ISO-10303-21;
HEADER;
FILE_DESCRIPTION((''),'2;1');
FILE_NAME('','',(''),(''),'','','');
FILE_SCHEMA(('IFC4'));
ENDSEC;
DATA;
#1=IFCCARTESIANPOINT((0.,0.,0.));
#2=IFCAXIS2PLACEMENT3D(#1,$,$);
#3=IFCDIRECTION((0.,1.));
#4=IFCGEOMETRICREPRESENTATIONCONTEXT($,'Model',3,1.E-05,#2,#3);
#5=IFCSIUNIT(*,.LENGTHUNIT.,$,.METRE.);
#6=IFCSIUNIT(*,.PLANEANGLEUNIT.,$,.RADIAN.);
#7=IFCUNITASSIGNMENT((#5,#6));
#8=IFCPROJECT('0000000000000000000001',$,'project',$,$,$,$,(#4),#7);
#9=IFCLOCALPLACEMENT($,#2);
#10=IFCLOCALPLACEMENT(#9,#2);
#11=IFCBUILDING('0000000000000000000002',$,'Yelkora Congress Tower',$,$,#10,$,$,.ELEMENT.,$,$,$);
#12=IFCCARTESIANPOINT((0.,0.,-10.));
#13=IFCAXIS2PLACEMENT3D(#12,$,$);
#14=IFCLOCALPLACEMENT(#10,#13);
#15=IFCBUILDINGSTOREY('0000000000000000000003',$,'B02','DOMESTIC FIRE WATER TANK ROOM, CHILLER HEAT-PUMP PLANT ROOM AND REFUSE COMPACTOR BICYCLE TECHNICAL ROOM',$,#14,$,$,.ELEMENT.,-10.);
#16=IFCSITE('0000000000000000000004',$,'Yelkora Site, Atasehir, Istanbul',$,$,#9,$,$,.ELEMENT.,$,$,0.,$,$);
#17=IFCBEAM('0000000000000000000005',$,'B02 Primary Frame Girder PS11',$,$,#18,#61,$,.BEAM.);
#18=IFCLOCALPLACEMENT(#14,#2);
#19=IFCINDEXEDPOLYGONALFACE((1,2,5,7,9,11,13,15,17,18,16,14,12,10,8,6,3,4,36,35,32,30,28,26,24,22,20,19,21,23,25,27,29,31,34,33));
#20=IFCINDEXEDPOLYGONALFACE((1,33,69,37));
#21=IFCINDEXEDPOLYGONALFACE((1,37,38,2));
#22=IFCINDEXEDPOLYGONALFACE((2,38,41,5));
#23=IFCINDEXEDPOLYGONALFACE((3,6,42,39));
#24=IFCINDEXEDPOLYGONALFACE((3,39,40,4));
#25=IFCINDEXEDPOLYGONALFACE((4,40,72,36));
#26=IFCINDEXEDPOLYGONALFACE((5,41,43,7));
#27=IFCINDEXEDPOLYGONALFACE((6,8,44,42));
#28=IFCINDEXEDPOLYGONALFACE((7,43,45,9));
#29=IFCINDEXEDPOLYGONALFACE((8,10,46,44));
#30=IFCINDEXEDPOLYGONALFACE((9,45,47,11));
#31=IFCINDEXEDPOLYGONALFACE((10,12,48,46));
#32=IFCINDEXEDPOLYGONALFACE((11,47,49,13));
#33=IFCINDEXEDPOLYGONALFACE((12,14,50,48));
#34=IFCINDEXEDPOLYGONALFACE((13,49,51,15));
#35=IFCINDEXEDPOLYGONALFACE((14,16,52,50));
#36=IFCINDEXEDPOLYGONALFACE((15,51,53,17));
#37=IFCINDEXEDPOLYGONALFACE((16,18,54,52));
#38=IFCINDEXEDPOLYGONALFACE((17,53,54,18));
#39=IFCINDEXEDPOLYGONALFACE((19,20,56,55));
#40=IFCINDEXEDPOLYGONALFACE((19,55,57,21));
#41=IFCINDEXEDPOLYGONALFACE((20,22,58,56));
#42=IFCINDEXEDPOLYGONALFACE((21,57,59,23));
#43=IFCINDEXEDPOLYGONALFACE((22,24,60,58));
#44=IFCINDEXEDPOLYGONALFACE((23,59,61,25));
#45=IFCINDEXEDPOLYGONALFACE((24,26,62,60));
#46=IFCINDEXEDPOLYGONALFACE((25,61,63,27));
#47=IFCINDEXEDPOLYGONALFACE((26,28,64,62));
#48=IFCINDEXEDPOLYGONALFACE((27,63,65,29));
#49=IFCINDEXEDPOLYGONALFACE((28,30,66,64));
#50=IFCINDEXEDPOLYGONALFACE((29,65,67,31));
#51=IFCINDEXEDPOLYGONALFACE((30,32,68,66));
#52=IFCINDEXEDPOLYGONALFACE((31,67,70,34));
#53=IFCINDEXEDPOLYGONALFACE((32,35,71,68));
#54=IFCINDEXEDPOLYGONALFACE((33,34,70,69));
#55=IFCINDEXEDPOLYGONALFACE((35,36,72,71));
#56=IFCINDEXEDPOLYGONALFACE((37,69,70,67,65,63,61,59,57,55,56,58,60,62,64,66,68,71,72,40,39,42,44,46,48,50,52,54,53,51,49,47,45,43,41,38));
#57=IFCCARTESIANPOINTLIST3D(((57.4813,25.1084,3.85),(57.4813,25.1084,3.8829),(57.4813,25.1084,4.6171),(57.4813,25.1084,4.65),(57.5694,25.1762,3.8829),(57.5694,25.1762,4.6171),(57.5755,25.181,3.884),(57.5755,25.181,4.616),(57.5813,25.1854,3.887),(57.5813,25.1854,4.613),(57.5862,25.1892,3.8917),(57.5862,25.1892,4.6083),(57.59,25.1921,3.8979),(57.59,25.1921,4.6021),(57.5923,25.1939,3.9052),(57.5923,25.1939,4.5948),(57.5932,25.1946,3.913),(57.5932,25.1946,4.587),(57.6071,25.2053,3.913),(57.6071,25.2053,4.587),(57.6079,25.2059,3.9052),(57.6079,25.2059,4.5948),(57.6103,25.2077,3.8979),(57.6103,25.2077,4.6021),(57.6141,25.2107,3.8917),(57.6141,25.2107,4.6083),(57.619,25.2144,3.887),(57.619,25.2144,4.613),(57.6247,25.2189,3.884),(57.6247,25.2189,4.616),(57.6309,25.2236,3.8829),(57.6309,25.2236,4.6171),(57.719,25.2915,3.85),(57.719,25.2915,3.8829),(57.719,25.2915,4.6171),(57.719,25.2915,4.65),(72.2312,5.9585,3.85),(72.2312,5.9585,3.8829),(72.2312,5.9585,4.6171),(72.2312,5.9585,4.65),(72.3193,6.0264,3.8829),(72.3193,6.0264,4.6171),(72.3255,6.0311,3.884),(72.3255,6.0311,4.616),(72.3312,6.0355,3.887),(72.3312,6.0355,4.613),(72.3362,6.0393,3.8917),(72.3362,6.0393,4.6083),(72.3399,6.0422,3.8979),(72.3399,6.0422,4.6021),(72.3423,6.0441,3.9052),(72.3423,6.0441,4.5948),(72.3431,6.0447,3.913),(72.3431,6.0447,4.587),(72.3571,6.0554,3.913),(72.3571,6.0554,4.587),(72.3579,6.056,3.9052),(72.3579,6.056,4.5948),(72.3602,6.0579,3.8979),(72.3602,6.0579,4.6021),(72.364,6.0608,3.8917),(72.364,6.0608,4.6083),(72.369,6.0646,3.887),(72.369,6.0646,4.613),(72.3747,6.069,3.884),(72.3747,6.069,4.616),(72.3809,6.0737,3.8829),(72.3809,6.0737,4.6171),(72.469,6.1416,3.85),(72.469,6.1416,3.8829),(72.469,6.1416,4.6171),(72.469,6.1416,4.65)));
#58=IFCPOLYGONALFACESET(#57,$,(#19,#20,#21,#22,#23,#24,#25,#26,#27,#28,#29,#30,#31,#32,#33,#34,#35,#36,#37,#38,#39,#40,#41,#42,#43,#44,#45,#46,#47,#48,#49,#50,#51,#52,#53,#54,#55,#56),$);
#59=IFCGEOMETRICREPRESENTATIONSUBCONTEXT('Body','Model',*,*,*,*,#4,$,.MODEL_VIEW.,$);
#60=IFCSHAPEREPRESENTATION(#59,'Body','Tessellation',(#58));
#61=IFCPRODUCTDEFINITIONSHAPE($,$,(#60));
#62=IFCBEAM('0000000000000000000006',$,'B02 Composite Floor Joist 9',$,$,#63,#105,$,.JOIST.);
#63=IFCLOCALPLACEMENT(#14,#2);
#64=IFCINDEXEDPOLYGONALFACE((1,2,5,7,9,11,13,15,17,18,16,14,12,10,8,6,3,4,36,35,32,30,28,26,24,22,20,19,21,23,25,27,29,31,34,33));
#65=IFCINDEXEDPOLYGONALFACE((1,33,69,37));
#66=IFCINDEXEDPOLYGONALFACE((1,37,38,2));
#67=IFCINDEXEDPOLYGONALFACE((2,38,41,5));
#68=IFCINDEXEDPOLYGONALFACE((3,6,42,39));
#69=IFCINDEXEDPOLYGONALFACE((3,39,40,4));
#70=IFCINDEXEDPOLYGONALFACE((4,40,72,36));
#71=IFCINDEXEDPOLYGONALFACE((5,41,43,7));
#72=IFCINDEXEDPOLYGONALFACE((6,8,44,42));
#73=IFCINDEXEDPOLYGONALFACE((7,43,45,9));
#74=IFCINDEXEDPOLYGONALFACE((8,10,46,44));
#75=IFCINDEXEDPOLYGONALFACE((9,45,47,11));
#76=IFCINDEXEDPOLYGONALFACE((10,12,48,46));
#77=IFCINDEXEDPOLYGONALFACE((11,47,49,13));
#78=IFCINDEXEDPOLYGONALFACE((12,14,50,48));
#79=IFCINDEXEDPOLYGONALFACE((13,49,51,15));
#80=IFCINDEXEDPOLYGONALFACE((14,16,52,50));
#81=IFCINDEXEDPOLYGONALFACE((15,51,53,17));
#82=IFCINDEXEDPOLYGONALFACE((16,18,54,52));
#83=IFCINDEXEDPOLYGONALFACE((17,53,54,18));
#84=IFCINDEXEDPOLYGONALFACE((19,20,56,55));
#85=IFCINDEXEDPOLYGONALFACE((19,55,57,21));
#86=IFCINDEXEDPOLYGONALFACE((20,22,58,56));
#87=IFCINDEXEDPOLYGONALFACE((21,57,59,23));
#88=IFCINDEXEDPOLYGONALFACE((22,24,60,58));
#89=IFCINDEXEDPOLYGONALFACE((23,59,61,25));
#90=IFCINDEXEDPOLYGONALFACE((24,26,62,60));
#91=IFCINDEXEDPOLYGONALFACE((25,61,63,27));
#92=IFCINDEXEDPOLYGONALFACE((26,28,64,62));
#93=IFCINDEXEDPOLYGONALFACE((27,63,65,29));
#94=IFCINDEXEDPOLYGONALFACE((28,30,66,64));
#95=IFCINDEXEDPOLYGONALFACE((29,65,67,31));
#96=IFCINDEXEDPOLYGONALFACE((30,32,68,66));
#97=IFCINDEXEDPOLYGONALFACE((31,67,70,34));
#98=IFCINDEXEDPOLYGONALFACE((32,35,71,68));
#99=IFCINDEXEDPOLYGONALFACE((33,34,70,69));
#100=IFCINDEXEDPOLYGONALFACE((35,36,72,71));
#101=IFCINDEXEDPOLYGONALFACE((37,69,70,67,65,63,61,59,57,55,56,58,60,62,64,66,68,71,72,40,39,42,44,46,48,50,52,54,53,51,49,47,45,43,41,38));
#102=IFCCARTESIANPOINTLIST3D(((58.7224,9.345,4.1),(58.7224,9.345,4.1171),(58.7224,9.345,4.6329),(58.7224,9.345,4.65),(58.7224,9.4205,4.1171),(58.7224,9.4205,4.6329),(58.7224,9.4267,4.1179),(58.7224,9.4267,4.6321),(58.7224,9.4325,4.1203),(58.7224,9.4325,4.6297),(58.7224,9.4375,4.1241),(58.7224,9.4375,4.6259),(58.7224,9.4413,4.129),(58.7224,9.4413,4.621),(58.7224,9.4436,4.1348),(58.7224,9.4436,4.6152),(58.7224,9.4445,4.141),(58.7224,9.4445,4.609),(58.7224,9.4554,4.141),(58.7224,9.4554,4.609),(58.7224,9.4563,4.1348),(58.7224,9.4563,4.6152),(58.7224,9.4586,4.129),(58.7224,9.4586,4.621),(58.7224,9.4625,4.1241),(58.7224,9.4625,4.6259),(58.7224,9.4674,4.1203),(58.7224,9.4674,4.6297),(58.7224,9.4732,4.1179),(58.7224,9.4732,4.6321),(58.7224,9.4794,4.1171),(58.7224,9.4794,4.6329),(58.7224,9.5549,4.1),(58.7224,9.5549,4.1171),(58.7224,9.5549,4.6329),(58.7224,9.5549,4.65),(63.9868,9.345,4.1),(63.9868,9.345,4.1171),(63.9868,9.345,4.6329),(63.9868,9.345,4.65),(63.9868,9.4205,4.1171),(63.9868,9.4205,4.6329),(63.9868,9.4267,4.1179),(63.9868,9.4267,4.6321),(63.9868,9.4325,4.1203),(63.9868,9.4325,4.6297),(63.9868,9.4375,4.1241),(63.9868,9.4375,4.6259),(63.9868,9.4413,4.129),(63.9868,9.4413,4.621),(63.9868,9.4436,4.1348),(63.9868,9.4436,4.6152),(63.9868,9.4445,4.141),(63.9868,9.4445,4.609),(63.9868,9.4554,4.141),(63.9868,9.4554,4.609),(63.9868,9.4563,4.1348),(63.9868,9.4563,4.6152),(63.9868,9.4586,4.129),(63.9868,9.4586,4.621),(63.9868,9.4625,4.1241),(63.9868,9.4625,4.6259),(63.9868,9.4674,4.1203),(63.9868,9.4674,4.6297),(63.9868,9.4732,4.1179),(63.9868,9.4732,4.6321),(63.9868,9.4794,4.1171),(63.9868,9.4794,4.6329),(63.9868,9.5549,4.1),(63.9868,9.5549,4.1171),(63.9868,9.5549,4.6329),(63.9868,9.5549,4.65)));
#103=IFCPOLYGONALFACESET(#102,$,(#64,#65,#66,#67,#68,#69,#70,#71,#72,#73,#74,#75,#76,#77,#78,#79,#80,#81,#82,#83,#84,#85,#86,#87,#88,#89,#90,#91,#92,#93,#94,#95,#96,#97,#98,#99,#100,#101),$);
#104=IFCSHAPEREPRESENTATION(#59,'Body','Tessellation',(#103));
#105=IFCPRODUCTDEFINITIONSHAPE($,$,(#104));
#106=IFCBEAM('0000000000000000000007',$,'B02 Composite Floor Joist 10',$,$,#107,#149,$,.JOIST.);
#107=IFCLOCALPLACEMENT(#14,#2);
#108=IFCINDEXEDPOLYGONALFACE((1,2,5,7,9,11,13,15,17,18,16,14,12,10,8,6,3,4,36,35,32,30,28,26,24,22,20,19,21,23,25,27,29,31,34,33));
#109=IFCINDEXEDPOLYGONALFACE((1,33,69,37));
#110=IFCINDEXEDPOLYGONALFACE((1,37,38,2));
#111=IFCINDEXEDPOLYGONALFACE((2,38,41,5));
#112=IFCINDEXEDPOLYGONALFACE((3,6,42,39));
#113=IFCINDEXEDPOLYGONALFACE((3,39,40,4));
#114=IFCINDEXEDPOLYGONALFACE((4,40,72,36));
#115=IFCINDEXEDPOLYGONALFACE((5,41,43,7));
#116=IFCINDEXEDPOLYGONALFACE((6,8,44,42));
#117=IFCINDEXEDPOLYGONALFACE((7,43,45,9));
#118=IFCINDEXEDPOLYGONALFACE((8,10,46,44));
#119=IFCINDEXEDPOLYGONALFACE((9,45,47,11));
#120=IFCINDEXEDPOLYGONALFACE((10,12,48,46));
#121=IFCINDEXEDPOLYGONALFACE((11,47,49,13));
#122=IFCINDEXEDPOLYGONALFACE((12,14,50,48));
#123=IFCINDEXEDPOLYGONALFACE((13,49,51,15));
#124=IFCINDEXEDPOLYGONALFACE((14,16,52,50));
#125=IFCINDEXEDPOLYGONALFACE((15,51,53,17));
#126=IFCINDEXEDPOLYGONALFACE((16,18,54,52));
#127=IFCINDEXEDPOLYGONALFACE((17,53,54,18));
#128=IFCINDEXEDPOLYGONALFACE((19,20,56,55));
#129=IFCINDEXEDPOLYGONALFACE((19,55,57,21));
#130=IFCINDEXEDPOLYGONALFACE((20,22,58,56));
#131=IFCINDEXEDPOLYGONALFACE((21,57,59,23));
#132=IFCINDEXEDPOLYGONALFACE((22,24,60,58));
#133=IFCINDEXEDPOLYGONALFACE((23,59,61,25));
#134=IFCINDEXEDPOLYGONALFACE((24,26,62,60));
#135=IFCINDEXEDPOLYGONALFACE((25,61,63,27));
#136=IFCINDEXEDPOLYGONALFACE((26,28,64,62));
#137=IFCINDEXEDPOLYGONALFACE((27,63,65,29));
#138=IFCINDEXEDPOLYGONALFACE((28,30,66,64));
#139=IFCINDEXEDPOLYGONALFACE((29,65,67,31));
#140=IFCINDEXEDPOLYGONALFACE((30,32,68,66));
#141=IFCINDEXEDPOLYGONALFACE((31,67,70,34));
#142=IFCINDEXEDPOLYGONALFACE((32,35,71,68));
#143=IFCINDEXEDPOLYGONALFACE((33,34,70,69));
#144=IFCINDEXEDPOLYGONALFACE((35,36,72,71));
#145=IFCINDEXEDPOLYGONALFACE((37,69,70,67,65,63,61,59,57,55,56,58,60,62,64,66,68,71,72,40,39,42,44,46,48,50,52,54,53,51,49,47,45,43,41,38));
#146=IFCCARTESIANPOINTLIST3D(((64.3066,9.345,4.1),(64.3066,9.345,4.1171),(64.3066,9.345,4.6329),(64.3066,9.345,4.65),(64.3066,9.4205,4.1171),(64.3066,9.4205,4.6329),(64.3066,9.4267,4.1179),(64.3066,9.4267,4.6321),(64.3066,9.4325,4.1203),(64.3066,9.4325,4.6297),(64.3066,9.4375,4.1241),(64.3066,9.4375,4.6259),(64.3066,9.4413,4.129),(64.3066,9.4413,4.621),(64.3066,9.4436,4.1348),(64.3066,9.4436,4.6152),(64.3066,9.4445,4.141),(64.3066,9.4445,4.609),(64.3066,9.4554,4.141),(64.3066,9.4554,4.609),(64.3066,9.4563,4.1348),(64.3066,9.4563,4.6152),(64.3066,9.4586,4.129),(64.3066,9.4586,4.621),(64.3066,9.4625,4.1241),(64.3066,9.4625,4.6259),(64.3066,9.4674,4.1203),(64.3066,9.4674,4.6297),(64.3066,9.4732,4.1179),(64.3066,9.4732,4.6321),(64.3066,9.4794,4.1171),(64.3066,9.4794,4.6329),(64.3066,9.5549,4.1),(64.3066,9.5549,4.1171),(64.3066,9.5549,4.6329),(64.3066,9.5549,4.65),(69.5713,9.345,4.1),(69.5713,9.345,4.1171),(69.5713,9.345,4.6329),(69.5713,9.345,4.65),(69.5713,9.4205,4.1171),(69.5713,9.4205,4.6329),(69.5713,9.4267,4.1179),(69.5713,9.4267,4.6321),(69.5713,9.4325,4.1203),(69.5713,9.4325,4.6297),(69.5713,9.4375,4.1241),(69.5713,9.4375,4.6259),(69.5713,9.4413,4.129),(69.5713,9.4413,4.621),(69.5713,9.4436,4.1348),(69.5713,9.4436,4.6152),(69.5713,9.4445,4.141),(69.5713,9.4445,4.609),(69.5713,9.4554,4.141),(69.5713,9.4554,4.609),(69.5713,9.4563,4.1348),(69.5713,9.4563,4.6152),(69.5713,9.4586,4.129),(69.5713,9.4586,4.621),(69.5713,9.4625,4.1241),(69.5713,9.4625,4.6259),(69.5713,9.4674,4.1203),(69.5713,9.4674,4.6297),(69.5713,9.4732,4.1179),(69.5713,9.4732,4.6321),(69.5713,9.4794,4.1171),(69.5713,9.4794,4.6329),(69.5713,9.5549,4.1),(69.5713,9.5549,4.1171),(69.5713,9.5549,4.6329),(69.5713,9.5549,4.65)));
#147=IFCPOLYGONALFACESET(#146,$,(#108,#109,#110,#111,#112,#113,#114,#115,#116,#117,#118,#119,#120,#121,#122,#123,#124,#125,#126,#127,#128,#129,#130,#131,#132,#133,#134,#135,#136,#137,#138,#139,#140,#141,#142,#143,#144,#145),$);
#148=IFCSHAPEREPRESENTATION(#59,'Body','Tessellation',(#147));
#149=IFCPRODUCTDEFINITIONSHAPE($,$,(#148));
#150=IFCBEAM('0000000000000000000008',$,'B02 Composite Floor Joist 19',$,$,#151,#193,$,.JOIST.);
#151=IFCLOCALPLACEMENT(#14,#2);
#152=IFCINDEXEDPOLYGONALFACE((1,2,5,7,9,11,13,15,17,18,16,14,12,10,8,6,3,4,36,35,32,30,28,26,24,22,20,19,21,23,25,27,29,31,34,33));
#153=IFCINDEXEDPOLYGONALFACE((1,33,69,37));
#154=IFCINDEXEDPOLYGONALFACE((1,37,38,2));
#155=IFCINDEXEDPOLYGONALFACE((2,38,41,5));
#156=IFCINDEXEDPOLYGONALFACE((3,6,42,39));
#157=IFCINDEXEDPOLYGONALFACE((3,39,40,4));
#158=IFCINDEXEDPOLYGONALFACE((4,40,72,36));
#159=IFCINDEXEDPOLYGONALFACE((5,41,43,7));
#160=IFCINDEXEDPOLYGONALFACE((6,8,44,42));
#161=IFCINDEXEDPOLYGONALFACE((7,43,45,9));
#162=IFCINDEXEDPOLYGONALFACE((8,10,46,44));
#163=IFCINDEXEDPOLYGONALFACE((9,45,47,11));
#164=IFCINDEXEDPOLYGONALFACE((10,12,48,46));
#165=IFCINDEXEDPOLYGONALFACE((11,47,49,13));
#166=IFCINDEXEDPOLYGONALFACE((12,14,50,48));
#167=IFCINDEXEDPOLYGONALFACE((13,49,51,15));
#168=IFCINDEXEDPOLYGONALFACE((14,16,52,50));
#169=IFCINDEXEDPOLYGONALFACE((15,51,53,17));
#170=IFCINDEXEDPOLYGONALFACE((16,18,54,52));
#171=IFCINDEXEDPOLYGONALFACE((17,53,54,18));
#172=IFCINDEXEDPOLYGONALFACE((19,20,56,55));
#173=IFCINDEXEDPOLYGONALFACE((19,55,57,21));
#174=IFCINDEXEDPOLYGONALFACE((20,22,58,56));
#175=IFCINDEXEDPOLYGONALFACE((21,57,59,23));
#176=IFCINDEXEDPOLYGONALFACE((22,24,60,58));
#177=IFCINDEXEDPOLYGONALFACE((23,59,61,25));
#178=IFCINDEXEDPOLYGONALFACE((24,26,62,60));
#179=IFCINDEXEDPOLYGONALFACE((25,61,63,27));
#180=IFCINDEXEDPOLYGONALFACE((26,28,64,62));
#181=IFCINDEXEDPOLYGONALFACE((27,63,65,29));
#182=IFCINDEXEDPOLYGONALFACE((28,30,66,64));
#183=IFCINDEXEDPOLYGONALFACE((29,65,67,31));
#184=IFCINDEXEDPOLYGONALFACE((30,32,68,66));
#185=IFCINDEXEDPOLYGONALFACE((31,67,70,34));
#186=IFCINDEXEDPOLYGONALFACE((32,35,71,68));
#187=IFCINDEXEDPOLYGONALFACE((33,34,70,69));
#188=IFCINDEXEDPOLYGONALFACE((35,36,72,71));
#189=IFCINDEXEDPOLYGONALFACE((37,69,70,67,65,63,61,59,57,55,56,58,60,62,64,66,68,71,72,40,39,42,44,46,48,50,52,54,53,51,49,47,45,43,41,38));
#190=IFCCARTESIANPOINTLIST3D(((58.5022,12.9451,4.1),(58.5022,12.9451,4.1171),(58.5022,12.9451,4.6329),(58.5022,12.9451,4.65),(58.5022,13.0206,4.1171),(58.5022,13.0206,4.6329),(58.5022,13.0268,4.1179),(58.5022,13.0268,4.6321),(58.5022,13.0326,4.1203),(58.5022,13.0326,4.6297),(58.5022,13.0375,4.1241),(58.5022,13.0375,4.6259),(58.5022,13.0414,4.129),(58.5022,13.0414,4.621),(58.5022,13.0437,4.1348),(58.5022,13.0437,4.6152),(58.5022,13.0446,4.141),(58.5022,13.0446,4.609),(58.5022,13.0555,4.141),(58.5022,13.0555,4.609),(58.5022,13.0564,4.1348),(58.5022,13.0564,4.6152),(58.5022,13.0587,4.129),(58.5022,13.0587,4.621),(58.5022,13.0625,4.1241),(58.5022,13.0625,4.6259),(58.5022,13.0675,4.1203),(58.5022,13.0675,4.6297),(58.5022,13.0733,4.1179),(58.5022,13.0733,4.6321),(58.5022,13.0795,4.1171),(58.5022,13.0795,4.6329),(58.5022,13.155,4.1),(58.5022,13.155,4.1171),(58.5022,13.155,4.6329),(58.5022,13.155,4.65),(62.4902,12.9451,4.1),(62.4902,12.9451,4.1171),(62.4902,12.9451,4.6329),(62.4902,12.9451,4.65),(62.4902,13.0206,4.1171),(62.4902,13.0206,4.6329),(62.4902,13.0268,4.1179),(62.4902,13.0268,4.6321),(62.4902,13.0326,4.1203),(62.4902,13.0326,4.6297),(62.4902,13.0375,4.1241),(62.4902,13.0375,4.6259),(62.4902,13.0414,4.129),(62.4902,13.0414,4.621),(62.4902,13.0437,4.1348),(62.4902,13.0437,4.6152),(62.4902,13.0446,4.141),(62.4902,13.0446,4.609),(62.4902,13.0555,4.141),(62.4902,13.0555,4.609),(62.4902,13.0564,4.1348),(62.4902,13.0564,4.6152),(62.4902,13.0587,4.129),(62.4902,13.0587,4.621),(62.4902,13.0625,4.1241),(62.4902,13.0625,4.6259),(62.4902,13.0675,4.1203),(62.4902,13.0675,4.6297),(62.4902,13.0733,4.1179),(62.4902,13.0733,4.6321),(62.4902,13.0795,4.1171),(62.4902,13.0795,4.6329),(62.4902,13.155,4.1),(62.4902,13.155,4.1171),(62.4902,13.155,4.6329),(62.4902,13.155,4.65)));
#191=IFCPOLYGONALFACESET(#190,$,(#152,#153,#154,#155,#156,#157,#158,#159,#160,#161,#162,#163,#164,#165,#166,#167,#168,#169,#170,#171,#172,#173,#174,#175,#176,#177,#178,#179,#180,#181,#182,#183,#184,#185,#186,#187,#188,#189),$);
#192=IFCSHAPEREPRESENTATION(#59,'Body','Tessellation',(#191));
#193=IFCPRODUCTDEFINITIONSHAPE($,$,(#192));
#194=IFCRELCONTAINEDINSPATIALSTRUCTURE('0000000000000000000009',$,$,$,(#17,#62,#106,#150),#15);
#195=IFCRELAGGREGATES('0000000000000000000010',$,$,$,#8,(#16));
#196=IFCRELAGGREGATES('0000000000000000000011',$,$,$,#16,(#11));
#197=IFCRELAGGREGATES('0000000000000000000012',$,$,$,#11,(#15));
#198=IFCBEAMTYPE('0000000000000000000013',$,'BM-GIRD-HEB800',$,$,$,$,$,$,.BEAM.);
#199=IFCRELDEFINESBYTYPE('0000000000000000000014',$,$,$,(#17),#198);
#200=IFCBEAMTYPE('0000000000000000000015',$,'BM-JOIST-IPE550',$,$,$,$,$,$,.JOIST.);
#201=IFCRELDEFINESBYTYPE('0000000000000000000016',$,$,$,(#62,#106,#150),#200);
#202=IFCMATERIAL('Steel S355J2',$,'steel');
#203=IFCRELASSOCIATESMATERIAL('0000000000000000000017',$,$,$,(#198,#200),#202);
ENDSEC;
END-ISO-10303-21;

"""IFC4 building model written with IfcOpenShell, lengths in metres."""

from ifc_helpers import new_model, si_unit, direction, frame, origin, origin_2d, place, context, subcontext, project, spatial, i_section, extrude, material, material_profile, profile_set, type_object, element, save


model = new_model("IFC4")

# Units and contexts
model_context = context("Model", 3, precision=1e-05, world=origin(), true_north=direction((0.0, 1.0)))
body_context = subcontext(model_context, "Body", "Model", "MODEL_VIEW")
ifc_project = project(units=[si_unit("LENGTHUNIT", "METRE"), si_unit("PLANEANGLEUNIT", "RADIAN")], contexts=[model_context])

# Site, building, storey
site_placement = place(None, origin())
site = spatial("IfcSite", under=ifc_project, at=site_placement, Name="Yelkora Site, Atasehir, Istanbul", CompositionType="ELEMENT", RefElevation=0.0)
building_placement = place(site_placement, origin())
building = spatial("IfcBuilding", under=site, at=building_placement, Name="Yelkora Congress Tower", CompositionType="ELEMENT")
storey_placement = place(building_placement, frame((0.0, 0.0, -10.0)))
storey = spatial("IfcBuildingStorey", under=building, at=storey_placement, Name="B02", Description="DOMESTIC FIRE WATER TANK ROOM, CHILLER HEAT-PUMP PLANT ROOM AND REFUSE COMPACTOR BICYCLE TECHNICAL ROOM", CompositionType="ELEMENT", Elevation=-10.0)

# Beams
ifc_material_1 = material(Name="Steel S355J2", Category="steel")
ifc_material_profile_1 = material_profile(ifc_material_1, i_section(OverallWidth=0.3, OverallDepth=0.8, WebThickness=0.0176, FlangeThickness=0.033, FilletRadius=0.03, at=origin_2d()), Name="HEB 800")
ifc_profile_set_1 = profile_set([ifc_material_profile_1], Name="Steel S355J2")
beam_type_1 = type_object("IfcBeamType", Name="BM-GIRD-HEB800", PredefinedType="BEAM", material=ifc_profile_set_1)
beam_1_placement = place(storey_placement, frame((72.3501, 6.05, 4.25), z_axis=(-0.610212, 0.792238, 0.0), x_axis=(-0.792238, -0.610212, 0.0)))
element("IfcBeam", 1, at=beam_1_placement, inside=storey, type_object=beam_type_1, Name="B02 Primary Frame Girder PS11", PredefinedType="BEAM", context=body_context, shape_type="SweptSolid", body=[
    extrude(i_section(OverallWidth=0.3, OverallDepth=0.8, WebThickness=0.0176, FlangeThickness=0.033, FilletRadius=0.03, at=origin_2d()), origin(), (0.0, 0.0, 1.0), 24.1719),
])
ifc_material_profile_2 = material_profile(ifc_material_1, i_section(OverallWidth=0.21, OverallDepth=0.55, WebThickness=0.011, FlangeThickness=0.0171, FilletRadius=0.0239, at=origin_2d()), Name="IPE 550")
ifc_profile_set_2 = profile_set([ifc_material_profile_2], Name="Steel S355J2")
beam_type_2 = type_object("IfcBeamType", Name="BM-JOIST-IPE550", PredefinedType="JOIST", material=ifc_profile_set_2)
beam_2_placement = place(storey_placement, frame((58.7224, 9.45, 4.375), z_axis=(1.0, 0.0, 0.0), x_axis=(0.0, 1.0, 0.0)))
element("IfcBeam", 2, at=beam_2_placement, inside=storey, type_object=beam_type_2, Name="B02 Composite Floor Joist 9", PredefinedType="JOIST", context=body_context, shape_type="SweptSolid", body=[
    extrude(i_section(OverallWidth=0.21, OverallDepth=0.55, WebThickness=0.011, FlangeThickness=0.0171, FilletRadius=0.0239, at=origin_2d()), origin(), (0.0, 0.0, 1.0), 5.2644),
])
beam_3_placement = place(storey_placement, frame((64.3066, 9.45, 4.375), z_axis=(1.0, 0.0, 0.0), x_axis=(0.0, 1.0, 0.0)))
element("IfcBeam", 3, at=beam_3_placement, inside=storey, type_object=beam_type_2, Name="B02 Composite Floor Joist 10", PredefinedType="JOIST", context=body_context, shape_type="SweptSolid", body=[
    extrude(i_section(OverallWidth=0.21, OverallDepth=0.55, WebThickness=0.011, FlangeThickness=0.0171, FilletRadius=0.0239, at=origin_2d()), origin(), (0.0, 0.0, 1.0), 5.2646),
])
for number, where, z_axis, x_axis, name in (
    (4, (58.5022, 13.05, 4.375), (1.0, 0.0, 0.0), (0.0, 1.0, 0.0), "B02 Composite Floor Joist 19"),
):
    element("IfcBeam", number, at=place(storey_placement, frame(where, z_axis=z_axis, x_axis=x_axis)), inside=storey, type_object=beam_type_2, Name=name, PredefinedType="JOIST", context=body_context, shape_type="SweptSolid", body=[
        extrude(i_section(OverallWidth=0.21, OverallDepth=0.55, WebThickness=0.011, FlangeThickness=0.0171, FilletRadius=0.0239, at=origin_2d()), origin(), (0.0, 0.0, 1.0), 3.988),
    ])

save(model, "model.ifc")
